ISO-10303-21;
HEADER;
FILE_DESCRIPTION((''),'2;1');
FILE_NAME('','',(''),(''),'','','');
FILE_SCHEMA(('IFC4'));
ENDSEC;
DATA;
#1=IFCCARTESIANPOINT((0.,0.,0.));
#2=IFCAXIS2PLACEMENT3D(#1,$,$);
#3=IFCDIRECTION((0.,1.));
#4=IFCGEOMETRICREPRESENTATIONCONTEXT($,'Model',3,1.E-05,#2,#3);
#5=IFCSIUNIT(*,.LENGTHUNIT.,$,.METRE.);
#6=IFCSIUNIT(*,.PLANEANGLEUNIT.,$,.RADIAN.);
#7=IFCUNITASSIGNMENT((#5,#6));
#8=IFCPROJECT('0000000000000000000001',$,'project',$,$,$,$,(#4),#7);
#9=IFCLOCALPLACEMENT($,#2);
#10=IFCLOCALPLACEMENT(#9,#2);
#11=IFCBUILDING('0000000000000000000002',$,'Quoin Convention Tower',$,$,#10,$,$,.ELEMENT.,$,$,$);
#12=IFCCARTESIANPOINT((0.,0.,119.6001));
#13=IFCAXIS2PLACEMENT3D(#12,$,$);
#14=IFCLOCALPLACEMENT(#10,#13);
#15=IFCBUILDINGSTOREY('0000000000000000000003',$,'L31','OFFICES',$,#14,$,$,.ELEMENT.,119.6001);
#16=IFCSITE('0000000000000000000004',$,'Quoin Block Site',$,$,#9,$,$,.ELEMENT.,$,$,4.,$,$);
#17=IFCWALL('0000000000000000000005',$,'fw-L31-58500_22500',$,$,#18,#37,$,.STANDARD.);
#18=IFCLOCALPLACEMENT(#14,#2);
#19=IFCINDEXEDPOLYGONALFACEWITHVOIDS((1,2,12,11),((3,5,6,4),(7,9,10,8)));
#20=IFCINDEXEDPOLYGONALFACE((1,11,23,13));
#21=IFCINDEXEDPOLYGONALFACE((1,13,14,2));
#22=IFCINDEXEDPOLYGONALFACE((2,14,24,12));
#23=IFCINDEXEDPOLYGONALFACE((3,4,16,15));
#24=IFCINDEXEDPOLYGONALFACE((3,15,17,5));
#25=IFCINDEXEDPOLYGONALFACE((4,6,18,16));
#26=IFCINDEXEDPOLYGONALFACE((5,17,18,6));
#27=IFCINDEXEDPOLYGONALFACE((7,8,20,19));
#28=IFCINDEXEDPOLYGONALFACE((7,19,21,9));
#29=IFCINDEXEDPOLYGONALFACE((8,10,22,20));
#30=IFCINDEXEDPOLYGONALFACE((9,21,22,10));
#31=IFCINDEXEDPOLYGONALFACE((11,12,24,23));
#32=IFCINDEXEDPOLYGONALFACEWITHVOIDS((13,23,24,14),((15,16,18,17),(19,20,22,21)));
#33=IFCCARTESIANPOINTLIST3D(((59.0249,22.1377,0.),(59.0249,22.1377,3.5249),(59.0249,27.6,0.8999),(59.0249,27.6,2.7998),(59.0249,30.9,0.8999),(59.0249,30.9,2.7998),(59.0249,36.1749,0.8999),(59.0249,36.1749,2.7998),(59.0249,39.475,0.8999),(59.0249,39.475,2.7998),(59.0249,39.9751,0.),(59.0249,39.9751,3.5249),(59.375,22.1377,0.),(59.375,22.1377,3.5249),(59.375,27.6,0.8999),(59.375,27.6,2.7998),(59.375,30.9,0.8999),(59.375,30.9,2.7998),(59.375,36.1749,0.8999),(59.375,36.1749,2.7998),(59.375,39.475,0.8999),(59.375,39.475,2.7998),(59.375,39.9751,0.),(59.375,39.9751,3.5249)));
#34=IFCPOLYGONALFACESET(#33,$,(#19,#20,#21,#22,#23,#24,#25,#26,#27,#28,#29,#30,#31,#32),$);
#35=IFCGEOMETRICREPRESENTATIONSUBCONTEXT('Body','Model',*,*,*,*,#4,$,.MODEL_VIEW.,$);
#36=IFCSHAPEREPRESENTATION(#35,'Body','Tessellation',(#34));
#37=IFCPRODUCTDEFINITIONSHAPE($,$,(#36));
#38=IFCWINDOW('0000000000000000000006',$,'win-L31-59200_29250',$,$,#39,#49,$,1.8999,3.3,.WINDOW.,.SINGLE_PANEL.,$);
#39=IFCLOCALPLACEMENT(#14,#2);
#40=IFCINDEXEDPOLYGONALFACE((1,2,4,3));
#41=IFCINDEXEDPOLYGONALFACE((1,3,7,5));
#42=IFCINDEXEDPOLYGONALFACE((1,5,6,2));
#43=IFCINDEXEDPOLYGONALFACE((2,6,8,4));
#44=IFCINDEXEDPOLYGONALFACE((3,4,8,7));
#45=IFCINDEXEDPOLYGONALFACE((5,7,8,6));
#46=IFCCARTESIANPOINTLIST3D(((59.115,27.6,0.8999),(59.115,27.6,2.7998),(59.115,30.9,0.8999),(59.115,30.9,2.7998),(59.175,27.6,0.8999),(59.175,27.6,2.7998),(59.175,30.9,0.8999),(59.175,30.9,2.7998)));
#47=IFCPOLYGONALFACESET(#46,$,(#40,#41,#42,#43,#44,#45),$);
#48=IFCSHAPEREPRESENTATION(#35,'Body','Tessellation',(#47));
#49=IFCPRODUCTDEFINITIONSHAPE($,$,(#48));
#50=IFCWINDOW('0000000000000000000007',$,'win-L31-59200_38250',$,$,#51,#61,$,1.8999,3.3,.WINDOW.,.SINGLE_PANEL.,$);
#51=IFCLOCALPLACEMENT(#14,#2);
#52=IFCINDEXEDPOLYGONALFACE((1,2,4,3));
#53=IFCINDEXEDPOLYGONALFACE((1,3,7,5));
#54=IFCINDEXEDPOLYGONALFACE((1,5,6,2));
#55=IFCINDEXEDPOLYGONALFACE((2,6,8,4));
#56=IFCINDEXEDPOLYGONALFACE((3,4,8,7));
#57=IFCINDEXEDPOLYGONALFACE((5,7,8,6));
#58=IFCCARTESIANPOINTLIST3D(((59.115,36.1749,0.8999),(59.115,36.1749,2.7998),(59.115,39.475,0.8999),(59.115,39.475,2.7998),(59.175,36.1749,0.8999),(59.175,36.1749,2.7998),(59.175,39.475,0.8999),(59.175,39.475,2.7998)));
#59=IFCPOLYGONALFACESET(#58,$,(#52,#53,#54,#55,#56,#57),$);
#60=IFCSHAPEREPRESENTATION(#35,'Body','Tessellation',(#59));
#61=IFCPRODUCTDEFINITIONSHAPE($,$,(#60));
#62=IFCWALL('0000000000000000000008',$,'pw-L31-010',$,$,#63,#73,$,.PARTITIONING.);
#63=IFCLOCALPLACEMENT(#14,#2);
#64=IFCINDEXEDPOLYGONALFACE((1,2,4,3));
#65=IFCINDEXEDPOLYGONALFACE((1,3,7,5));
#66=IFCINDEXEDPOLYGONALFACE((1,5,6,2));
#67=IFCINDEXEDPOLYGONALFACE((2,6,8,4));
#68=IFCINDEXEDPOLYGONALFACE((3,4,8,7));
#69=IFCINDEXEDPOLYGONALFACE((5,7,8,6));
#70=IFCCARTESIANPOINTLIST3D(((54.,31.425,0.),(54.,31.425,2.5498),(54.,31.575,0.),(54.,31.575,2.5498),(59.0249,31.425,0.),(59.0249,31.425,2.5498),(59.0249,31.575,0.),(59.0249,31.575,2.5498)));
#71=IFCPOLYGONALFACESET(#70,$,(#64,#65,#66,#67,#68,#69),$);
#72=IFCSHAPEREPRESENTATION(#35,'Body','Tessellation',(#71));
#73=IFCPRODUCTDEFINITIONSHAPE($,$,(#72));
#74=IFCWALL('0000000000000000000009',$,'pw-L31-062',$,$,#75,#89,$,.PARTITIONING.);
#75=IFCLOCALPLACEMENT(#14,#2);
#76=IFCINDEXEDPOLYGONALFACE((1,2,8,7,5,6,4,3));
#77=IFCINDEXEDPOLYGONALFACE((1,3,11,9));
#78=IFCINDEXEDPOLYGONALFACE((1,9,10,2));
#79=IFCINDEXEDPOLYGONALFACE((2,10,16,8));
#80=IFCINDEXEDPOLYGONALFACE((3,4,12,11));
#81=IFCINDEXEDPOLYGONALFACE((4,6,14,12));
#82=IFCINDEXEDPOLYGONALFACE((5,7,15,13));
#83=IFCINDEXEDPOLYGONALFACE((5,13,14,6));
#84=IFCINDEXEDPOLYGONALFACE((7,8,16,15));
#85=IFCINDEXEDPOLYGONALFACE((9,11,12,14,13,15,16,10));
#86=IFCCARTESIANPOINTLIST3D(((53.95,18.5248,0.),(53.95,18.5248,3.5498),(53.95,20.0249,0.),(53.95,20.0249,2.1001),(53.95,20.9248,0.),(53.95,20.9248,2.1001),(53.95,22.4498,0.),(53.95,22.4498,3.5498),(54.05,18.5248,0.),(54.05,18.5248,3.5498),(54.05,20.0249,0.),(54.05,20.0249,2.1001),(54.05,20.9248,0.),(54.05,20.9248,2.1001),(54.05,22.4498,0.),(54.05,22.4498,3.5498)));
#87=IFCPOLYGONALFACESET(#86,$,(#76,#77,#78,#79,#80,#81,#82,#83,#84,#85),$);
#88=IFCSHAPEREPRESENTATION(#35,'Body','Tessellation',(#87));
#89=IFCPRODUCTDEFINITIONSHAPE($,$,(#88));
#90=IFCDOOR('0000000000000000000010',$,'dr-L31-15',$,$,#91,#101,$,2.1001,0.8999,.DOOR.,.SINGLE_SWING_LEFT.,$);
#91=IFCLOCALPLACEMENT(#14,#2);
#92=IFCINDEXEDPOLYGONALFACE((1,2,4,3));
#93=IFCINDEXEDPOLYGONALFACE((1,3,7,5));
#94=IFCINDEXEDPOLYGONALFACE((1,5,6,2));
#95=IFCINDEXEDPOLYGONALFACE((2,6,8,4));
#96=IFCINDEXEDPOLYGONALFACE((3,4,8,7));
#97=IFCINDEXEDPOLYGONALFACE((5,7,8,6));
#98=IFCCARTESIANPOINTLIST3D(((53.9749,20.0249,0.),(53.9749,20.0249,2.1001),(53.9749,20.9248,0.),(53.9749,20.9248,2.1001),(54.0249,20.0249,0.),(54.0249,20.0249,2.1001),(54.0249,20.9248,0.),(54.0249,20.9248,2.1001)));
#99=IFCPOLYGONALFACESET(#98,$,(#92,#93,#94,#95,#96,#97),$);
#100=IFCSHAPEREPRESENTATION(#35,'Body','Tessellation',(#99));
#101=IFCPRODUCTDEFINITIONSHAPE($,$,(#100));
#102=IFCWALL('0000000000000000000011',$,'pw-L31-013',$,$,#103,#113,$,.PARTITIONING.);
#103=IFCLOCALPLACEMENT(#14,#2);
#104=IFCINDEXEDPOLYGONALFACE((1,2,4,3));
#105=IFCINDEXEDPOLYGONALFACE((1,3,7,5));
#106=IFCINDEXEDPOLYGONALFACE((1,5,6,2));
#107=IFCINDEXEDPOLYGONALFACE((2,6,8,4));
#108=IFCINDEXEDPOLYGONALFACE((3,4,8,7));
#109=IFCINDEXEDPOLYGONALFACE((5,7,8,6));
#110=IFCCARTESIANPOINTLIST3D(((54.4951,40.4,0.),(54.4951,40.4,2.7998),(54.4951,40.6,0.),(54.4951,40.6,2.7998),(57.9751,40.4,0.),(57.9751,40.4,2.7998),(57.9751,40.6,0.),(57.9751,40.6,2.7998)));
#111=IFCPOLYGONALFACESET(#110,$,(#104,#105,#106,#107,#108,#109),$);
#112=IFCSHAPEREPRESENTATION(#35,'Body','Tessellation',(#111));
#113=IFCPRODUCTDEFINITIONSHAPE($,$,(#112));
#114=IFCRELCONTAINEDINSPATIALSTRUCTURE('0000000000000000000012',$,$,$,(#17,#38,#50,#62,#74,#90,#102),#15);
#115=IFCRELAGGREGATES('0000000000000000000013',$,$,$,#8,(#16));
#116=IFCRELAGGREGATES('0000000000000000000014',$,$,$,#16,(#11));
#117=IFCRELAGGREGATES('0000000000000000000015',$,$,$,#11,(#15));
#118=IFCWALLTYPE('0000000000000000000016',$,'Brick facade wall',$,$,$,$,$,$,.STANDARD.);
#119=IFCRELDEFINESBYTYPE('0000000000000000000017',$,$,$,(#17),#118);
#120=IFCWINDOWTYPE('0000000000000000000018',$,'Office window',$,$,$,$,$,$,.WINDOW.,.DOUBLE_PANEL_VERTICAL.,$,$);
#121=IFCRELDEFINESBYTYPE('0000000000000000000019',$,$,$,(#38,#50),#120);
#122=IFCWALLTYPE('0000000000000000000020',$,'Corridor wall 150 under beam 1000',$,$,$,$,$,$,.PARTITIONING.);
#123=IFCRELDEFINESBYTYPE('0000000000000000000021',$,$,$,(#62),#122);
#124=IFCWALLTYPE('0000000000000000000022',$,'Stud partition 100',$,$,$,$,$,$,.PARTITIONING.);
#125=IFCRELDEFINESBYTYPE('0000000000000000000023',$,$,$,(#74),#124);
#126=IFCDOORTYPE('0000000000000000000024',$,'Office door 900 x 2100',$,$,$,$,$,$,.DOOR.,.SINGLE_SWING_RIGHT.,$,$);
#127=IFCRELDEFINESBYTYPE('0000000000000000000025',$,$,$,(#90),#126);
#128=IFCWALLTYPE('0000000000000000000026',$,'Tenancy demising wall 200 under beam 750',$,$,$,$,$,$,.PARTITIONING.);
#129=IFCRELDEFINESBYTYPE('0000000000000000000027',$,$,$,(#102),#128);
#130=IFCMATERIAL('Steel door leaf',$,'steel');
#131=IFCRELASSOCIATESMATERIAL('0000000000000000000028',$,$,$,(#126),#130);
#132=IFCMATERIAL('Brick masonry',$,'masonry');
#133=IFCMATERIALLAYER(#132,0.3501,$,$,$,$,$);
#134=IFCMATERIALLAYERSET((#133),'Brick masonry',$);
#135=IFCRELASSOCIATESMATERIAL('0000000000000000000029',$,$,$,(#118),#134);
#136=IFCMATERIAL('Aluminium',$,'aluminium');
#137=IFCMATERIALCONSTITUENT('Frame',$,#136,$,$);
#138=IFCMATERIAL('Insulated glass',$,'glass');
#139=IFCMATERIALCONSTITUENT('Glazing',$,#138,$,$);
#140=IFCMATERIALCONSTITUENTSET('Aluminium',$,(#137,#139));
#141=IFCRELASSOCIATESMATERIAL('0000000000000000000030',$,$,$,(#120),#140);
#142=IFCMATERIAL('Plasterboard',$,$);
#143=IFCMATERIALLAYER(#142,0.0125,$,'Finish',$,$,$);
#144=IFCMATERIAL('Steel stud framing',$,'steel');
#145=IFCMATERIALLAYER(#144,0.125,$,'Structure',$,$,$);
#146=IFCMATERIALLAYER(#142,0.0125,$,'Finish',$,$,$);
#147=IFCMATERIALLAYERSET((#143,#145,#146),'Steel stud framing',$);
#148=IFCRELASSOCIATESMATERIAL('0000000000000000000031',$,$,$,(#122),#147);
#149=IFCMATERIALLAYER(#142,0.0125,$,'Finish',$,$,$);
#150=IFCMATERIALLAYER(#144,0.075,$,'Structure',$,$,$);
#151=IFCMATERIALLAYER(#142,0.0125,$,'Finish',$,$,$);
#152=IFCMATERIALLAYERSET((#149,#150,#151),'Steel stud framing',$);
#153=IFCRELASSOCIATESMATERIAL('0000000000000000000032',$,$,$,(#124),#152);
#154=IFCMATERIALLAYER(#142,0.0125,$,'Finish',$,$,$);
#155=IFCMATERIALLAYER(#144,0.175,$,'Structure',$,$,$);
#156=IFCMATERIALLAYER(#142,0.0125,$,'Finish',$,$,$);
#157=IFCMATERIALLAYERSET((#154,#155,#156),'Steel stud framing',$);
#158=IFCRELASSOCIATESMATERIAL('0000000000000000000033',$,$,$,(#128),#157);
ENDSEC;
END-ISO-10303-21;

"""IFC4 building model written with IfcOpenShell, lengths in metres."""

from ifc_helpers import new_model, si_unit, direction, frame, frame_2d, origin, place, context, subcontext, project, spatial, rectangle, extrude, material, layer, layer_set, constituent, constituent_set, type_object, element, fill, save


model = new_model("IFC4")

# Units and contexts
model_context = context("Model", 3, precision=1e-05, world=origin(), true_north=direction((0.0, 1.0)))
body_context = subcontext(model_context, "Body", "Model", "MODEL_VIEW")
ifc_project = project(units=[si_unit("LENGTHUNIT", "METRE"), si_unit("PLANEANGLEUNIT", "RADIAN")], contexts=[model_context])

# Site, building, storey
site_placement = place(None, origin())
site = spatial("IfcSite", under=ifc_project, at=site_placement, Name="Quoin Block Site", CompositionType="ELEMENT", RefElevation=4.0)
building_placement = place(site_placement, origin())
building = spatial("IfcBuilding", under=site, at=building_placement, Name="Quoin Convention Tower", CompositionType="ELEMENT")
storey_placement = place(building_placement, frame((0.0, 0.0, 119.6001)))
storey = spatial("IfcBuildingStorey", under=building, at=storey_placement, Name="L31", Description="OFFICES", CompositionType="ELEMENT", Elevation=119.6001)

# Shared definitions
ifc_material_1 = material(Name="Plasterboard")
ifc_material_2 = material(Name="Steel stud framing", Category="steel")

# Shared definitions
ifc_material_3 = material(Name="Steel door leaf", Category="steel")
door_type = type_object("IfcDoorType", Name="Office door 900 x 2100", OperationType="SINGLE_SWING_RIGHT", PredefinedType="DOOR", material=ifc_material_3)

# Shared definitions
ifc_material_4 = material(Name="Brick masonry", Category="masonry")
ifc_layer_1 = layer(ifc_material_4, 0.3501)
ifc_layer_set_1 = layer_set([ifc_layer_1], Name="Brick masonry")
wall_type_1 = type_object("IfcWallType", Name="Brick facade wall", PredefinedType="STANDARD", material=ifc_layer_set_1)
ifc_material_5 = material(Name="Aluminium", Category="aluminium")
ifc_constituent_1 = constituent(ifc_material_5, Name="Frame")
ifc_material_6 = material(Name="Insulated glass", Category="glass")
ifc_constituent_2 = constituent(ifc_material_6, Name="Glazing")
ifc_constituent_set = constituent_set(constituents=[ifc_constituent_1, ifc_constituent_2], Name="Aluminium")
window_type = type_object("IfcWindowType", Name="Office window", PartitioningType="DOUBLE_PANEL_VERTICAL", PredefinedType="WINDOW", material=ifc_constituent_set)

# Wall, openings, windows
wall_1_placement = place(storey_placement, frame((59.2, 22.1377, 0.0), z_axis=(0.0, 0.0, 1.0), x_axis=(0.0, 1.0, 0.0)))
wall_1 = element("IfcWall", 1, at=wall_1_placement, inside=storey, type_object=wall_type_1, Name="fw-L31-58500_22500", PredefinedType="STANDARD", context=body_context, shape_type="SweptSolid", body=[
    extrude(rectangle(XDim=17.8374, YDim=0.3501, at=frame_2d((8.9187, 0.0))), origin(), (0.0, 0.0, 1.0), 3.5249),
])
opening_1_placement = place(wall_1_placement, frame((5.4624, 0.0, 0.8999)))
opening_1 = element("IfcOpeningElement", 2, at=opening_1_placement, cuts=wall_1, PredefinedType="OPENING", context=body_context, shape_type="SweptSolid", body=[
    extrude(rectangle(XDim=3.3, YDim=1.8999, at=frame_2d((1.6499, 0.95))), frame((0.0, 0.1851, 0.0), z_axis=(0.0, -1.0, 0.0), x_axis=(1.0, 0.0, 0.0)), (0.0, 0.0, 1.0), 0.3701),
])
opening_2_placement = place(wall_1_placement, frame((14.0374, 0.0, 0.8999)))
opening_2 = element("IfcOpeningElement", 3, at=opening_2_placement, cuts=wall_1, PredefinedType="OPENING", context=body_context, shape_type="SweptSolid", body=[
    extrude(rectangle(XDim=3.3, YDim=1.8999, at=frame_2d((1.6499, 0.95))), frame((0.0, 0.1851, 0.0), z_axis=(0.0, -1.0, 0.0), x_axis=(1.0, 0.0, 0.0)), (0.0, 0.0, 1.0), 0.3701),
])
window_1_placement = place(opening_1_placement, origin())
window_1 = element("IfcWindow", 4, at=window_1_placement, inside=storey, type_object=window_type, Name="win-L31-59200_29250", OverallHeight=1.8999, OverallWidth=3.3, PartitioningType="SINGLE_PANEL", PredefinedType="WINDOW", context=body_context, shape_type="SweptSolid", body=[
    extrude(rectangle(XDim=3.3, YDim=1.8999, at=frame_2d((1.6499, 0.95))), frame((0.0, 0.085, 0.0), z_axis=(0.0, -1.0, 0.0), x_axis=(1.0, 0.0, 0.0)), (0.0, 0.0, 1.0), 0.0601),
])
fill(opening_1, window_1)
window_2_placement = place(opening_2_placement, origin())
window_2 = element("IfcWindow", 5, at=window_2_placement, inside=storey, type_object=window_type, Name="win-L31-59200_38250", OverallHeight=1.8999, OverallWidth=3.3, PartitioningType="SINGLE_PANEL", PredefinedType="WINDOW", context=body_context, shape_type="SweptSolid", body=[
    extrude(rectangle(XDim=3.3, YDim=1.8999, at=frame_2d((1.6499, 0.95))), frame((0.0, 0.085, 0.0), z_axis=(0.0, -1.0, 0.0), x_axis=(1.0, 0.0, 0.0)), (0.0, 0.0, 1.0), 0.0601),
])
fill(opening_2, window_2)

# Wall
ifc_layer_2 = layer(ifc_material_1, 0.0125, Name="Finish")
ifc_layer_3 = layer(ifc_material_2, 0.125, Name="Structure")
ifc_layer_4 = layer(ifc_material_1, 0.0125, Name="Finish")
ifc_layer_set_2 = layer_set([ifc_layer_2, ifc_layer_3, ifc_layer_4], Name="Steel stud framing")
wall_type_2 = type_object("IfcWallType", Name="Corridor wall 150 under beam 1000", PredefinedType="PARTITIONING", material=ifc_layer_set_2)
wall_2_placement = place(storey_placement, frame((54.0, 31.5, 0.0), z_axis=(0.0, 0.0, 1.0), x_axis=(1.0, 0.0, 0.0)))
element("IfcWall", 6, at=wall_2_placement, inside=storey, type_object=wall_type_2, Name="pw-L31-010", PredefinedType="PARTITIONING", context=body_context, shape_type="SweptSolid", body=[
    extrude(rectangle(XDim=5.0249, YDim=0.1499, at=frame_2d((2.5125, 0.0))), origin(), (0.0, 0.0, 1.0), 2.5498),
])

# Wall, opening, door
ifc_layer_5 = layer(ifc_material_1, 0.0125, Name="Finish")
ifc_layer_6 = layer(ifc_material_2, 0.075, Name="Structure")
ifc_layer_7 = layer(ifc_material_1, 0.0125, Name="Finish")
ifc_layer_set_3 = layer_set([ifc_layer_5, ifc_layer_6, ifc_layer_7], Name="Steel stud framing")
wall_type_3 = type_object("IfcWallType", Name="Stud partition 100", PredefinedType="PARTITIONING", material=ifc_layer_set_3)
wall_3_placement = place(storey_placement, frame((54.0, 18.5249, 0.0), z_axis=(0.0, 0.0, 1.0), x_axis=(0.0, 1.0, 0.0)))
wall_3 = element("IfcWall", 7, at=wall_3_placement, inside=storey, type_object=wall_type_3, Name="pw-L31-062", PredefinedType="PARTITIONING", context=body_context, shape_type="SweptSolid", body=[
    extrude(rectangle(XDim=3.925, YDim=0.1001, at=frame_2d((1.9624, 0.0))), origin(), (0.0, 0.0, 1.0), 3.5498),
])
opening_3_placement = place(wall_3_placement, frame((1.5, 0.0, 0.0)))
opening_3 = element("IfcOpeningElement", 8, at=opening_3_placement, cuts=wall_3, PredefinedType="OPENING", context=body_context, shape_type="SweptSolid", body=[
    extrude(rectangle(XDim=0.8999, YDim=2.1001, at=frame_2d((0.45, 1.05))), frame((0.0, 0.0601, 0.0), z_axis=(0.0, -1.0, 0.0), x_axis=(1.0, 0.0, 0.0)), (0.0, 0.0, 1.0), 0.1201),
])
door_1_placement = place(opening_3_placement, frame((0.8999, 0.0, 0.0), z_axis=(0.0, 0.0, 1.0), x_axis=(-1.0, 0.0, 0.0)))
door_1 = element("IfcDoor", 9, at=door_1_placement, inside=storey, type_object=door_type, Name="dr-L31-15", OperationType="SINGLE_SWING_LEFT", OverallHeight=2.1001, OverallWidth=0.8999, PredefinedType="DOOR", context=body_context, shape_type="SweptSolid", body=[
    extrude(rectangle(XDim=0.8999, YDim=2.1001, at=frame_2d((0.45, 1.05))), frame((0.0, 0.0249, 0.0), z_axis=(0.0, -1.0, 0.0), x_axis=(1.0, 0.0, 0.0)), (0.0, 0.0, 1.0), 0.05),
])
fill(opening_3, door_1)

# Wall
ifc_layer_8 = layer(ifc_material_1, 0.0125, Name="Finish")
ifc_layer_9 = layer(ifc_material_2, 0.175, Name="Structure")
ifc_layer_10 = layer(ifc_material_1, 0.0125, Name="Finish")
ifc_layer_set_4 = layer_set([ifc_layer_8, ifc_layer_9, ifc_layer_10], Name="Steel stud framing")
wall_type_4 = type_object("IfcWallType", Name="Tenancy demising wall 200 under beam 750", PredefinedType="PARTITIONING", material=ifc_layer_set_4)
wall_4_placement = place(storey_placement, frame((54.4951, 40.5, 0.0), z_axis=(0.0, 0.0, 1.0), x_axis=(1.0, 0.0, 0.0)))
element("IfcWall", 10, at=wall_4_placement, inside=storey, type_object=wall_type_4, Name="pw-L31-013", PredefinedType="PARTITIONING", context=body_context, shape_type="SweptSolid", body=[
    extrude(rectangle(XDim=3.48, YDim=0.2, at=frame_2d((1.74, 0.0))), origin(), (0.0, 0.0, 1.0), 2.7998),
])

save(model, "model.ifc")
